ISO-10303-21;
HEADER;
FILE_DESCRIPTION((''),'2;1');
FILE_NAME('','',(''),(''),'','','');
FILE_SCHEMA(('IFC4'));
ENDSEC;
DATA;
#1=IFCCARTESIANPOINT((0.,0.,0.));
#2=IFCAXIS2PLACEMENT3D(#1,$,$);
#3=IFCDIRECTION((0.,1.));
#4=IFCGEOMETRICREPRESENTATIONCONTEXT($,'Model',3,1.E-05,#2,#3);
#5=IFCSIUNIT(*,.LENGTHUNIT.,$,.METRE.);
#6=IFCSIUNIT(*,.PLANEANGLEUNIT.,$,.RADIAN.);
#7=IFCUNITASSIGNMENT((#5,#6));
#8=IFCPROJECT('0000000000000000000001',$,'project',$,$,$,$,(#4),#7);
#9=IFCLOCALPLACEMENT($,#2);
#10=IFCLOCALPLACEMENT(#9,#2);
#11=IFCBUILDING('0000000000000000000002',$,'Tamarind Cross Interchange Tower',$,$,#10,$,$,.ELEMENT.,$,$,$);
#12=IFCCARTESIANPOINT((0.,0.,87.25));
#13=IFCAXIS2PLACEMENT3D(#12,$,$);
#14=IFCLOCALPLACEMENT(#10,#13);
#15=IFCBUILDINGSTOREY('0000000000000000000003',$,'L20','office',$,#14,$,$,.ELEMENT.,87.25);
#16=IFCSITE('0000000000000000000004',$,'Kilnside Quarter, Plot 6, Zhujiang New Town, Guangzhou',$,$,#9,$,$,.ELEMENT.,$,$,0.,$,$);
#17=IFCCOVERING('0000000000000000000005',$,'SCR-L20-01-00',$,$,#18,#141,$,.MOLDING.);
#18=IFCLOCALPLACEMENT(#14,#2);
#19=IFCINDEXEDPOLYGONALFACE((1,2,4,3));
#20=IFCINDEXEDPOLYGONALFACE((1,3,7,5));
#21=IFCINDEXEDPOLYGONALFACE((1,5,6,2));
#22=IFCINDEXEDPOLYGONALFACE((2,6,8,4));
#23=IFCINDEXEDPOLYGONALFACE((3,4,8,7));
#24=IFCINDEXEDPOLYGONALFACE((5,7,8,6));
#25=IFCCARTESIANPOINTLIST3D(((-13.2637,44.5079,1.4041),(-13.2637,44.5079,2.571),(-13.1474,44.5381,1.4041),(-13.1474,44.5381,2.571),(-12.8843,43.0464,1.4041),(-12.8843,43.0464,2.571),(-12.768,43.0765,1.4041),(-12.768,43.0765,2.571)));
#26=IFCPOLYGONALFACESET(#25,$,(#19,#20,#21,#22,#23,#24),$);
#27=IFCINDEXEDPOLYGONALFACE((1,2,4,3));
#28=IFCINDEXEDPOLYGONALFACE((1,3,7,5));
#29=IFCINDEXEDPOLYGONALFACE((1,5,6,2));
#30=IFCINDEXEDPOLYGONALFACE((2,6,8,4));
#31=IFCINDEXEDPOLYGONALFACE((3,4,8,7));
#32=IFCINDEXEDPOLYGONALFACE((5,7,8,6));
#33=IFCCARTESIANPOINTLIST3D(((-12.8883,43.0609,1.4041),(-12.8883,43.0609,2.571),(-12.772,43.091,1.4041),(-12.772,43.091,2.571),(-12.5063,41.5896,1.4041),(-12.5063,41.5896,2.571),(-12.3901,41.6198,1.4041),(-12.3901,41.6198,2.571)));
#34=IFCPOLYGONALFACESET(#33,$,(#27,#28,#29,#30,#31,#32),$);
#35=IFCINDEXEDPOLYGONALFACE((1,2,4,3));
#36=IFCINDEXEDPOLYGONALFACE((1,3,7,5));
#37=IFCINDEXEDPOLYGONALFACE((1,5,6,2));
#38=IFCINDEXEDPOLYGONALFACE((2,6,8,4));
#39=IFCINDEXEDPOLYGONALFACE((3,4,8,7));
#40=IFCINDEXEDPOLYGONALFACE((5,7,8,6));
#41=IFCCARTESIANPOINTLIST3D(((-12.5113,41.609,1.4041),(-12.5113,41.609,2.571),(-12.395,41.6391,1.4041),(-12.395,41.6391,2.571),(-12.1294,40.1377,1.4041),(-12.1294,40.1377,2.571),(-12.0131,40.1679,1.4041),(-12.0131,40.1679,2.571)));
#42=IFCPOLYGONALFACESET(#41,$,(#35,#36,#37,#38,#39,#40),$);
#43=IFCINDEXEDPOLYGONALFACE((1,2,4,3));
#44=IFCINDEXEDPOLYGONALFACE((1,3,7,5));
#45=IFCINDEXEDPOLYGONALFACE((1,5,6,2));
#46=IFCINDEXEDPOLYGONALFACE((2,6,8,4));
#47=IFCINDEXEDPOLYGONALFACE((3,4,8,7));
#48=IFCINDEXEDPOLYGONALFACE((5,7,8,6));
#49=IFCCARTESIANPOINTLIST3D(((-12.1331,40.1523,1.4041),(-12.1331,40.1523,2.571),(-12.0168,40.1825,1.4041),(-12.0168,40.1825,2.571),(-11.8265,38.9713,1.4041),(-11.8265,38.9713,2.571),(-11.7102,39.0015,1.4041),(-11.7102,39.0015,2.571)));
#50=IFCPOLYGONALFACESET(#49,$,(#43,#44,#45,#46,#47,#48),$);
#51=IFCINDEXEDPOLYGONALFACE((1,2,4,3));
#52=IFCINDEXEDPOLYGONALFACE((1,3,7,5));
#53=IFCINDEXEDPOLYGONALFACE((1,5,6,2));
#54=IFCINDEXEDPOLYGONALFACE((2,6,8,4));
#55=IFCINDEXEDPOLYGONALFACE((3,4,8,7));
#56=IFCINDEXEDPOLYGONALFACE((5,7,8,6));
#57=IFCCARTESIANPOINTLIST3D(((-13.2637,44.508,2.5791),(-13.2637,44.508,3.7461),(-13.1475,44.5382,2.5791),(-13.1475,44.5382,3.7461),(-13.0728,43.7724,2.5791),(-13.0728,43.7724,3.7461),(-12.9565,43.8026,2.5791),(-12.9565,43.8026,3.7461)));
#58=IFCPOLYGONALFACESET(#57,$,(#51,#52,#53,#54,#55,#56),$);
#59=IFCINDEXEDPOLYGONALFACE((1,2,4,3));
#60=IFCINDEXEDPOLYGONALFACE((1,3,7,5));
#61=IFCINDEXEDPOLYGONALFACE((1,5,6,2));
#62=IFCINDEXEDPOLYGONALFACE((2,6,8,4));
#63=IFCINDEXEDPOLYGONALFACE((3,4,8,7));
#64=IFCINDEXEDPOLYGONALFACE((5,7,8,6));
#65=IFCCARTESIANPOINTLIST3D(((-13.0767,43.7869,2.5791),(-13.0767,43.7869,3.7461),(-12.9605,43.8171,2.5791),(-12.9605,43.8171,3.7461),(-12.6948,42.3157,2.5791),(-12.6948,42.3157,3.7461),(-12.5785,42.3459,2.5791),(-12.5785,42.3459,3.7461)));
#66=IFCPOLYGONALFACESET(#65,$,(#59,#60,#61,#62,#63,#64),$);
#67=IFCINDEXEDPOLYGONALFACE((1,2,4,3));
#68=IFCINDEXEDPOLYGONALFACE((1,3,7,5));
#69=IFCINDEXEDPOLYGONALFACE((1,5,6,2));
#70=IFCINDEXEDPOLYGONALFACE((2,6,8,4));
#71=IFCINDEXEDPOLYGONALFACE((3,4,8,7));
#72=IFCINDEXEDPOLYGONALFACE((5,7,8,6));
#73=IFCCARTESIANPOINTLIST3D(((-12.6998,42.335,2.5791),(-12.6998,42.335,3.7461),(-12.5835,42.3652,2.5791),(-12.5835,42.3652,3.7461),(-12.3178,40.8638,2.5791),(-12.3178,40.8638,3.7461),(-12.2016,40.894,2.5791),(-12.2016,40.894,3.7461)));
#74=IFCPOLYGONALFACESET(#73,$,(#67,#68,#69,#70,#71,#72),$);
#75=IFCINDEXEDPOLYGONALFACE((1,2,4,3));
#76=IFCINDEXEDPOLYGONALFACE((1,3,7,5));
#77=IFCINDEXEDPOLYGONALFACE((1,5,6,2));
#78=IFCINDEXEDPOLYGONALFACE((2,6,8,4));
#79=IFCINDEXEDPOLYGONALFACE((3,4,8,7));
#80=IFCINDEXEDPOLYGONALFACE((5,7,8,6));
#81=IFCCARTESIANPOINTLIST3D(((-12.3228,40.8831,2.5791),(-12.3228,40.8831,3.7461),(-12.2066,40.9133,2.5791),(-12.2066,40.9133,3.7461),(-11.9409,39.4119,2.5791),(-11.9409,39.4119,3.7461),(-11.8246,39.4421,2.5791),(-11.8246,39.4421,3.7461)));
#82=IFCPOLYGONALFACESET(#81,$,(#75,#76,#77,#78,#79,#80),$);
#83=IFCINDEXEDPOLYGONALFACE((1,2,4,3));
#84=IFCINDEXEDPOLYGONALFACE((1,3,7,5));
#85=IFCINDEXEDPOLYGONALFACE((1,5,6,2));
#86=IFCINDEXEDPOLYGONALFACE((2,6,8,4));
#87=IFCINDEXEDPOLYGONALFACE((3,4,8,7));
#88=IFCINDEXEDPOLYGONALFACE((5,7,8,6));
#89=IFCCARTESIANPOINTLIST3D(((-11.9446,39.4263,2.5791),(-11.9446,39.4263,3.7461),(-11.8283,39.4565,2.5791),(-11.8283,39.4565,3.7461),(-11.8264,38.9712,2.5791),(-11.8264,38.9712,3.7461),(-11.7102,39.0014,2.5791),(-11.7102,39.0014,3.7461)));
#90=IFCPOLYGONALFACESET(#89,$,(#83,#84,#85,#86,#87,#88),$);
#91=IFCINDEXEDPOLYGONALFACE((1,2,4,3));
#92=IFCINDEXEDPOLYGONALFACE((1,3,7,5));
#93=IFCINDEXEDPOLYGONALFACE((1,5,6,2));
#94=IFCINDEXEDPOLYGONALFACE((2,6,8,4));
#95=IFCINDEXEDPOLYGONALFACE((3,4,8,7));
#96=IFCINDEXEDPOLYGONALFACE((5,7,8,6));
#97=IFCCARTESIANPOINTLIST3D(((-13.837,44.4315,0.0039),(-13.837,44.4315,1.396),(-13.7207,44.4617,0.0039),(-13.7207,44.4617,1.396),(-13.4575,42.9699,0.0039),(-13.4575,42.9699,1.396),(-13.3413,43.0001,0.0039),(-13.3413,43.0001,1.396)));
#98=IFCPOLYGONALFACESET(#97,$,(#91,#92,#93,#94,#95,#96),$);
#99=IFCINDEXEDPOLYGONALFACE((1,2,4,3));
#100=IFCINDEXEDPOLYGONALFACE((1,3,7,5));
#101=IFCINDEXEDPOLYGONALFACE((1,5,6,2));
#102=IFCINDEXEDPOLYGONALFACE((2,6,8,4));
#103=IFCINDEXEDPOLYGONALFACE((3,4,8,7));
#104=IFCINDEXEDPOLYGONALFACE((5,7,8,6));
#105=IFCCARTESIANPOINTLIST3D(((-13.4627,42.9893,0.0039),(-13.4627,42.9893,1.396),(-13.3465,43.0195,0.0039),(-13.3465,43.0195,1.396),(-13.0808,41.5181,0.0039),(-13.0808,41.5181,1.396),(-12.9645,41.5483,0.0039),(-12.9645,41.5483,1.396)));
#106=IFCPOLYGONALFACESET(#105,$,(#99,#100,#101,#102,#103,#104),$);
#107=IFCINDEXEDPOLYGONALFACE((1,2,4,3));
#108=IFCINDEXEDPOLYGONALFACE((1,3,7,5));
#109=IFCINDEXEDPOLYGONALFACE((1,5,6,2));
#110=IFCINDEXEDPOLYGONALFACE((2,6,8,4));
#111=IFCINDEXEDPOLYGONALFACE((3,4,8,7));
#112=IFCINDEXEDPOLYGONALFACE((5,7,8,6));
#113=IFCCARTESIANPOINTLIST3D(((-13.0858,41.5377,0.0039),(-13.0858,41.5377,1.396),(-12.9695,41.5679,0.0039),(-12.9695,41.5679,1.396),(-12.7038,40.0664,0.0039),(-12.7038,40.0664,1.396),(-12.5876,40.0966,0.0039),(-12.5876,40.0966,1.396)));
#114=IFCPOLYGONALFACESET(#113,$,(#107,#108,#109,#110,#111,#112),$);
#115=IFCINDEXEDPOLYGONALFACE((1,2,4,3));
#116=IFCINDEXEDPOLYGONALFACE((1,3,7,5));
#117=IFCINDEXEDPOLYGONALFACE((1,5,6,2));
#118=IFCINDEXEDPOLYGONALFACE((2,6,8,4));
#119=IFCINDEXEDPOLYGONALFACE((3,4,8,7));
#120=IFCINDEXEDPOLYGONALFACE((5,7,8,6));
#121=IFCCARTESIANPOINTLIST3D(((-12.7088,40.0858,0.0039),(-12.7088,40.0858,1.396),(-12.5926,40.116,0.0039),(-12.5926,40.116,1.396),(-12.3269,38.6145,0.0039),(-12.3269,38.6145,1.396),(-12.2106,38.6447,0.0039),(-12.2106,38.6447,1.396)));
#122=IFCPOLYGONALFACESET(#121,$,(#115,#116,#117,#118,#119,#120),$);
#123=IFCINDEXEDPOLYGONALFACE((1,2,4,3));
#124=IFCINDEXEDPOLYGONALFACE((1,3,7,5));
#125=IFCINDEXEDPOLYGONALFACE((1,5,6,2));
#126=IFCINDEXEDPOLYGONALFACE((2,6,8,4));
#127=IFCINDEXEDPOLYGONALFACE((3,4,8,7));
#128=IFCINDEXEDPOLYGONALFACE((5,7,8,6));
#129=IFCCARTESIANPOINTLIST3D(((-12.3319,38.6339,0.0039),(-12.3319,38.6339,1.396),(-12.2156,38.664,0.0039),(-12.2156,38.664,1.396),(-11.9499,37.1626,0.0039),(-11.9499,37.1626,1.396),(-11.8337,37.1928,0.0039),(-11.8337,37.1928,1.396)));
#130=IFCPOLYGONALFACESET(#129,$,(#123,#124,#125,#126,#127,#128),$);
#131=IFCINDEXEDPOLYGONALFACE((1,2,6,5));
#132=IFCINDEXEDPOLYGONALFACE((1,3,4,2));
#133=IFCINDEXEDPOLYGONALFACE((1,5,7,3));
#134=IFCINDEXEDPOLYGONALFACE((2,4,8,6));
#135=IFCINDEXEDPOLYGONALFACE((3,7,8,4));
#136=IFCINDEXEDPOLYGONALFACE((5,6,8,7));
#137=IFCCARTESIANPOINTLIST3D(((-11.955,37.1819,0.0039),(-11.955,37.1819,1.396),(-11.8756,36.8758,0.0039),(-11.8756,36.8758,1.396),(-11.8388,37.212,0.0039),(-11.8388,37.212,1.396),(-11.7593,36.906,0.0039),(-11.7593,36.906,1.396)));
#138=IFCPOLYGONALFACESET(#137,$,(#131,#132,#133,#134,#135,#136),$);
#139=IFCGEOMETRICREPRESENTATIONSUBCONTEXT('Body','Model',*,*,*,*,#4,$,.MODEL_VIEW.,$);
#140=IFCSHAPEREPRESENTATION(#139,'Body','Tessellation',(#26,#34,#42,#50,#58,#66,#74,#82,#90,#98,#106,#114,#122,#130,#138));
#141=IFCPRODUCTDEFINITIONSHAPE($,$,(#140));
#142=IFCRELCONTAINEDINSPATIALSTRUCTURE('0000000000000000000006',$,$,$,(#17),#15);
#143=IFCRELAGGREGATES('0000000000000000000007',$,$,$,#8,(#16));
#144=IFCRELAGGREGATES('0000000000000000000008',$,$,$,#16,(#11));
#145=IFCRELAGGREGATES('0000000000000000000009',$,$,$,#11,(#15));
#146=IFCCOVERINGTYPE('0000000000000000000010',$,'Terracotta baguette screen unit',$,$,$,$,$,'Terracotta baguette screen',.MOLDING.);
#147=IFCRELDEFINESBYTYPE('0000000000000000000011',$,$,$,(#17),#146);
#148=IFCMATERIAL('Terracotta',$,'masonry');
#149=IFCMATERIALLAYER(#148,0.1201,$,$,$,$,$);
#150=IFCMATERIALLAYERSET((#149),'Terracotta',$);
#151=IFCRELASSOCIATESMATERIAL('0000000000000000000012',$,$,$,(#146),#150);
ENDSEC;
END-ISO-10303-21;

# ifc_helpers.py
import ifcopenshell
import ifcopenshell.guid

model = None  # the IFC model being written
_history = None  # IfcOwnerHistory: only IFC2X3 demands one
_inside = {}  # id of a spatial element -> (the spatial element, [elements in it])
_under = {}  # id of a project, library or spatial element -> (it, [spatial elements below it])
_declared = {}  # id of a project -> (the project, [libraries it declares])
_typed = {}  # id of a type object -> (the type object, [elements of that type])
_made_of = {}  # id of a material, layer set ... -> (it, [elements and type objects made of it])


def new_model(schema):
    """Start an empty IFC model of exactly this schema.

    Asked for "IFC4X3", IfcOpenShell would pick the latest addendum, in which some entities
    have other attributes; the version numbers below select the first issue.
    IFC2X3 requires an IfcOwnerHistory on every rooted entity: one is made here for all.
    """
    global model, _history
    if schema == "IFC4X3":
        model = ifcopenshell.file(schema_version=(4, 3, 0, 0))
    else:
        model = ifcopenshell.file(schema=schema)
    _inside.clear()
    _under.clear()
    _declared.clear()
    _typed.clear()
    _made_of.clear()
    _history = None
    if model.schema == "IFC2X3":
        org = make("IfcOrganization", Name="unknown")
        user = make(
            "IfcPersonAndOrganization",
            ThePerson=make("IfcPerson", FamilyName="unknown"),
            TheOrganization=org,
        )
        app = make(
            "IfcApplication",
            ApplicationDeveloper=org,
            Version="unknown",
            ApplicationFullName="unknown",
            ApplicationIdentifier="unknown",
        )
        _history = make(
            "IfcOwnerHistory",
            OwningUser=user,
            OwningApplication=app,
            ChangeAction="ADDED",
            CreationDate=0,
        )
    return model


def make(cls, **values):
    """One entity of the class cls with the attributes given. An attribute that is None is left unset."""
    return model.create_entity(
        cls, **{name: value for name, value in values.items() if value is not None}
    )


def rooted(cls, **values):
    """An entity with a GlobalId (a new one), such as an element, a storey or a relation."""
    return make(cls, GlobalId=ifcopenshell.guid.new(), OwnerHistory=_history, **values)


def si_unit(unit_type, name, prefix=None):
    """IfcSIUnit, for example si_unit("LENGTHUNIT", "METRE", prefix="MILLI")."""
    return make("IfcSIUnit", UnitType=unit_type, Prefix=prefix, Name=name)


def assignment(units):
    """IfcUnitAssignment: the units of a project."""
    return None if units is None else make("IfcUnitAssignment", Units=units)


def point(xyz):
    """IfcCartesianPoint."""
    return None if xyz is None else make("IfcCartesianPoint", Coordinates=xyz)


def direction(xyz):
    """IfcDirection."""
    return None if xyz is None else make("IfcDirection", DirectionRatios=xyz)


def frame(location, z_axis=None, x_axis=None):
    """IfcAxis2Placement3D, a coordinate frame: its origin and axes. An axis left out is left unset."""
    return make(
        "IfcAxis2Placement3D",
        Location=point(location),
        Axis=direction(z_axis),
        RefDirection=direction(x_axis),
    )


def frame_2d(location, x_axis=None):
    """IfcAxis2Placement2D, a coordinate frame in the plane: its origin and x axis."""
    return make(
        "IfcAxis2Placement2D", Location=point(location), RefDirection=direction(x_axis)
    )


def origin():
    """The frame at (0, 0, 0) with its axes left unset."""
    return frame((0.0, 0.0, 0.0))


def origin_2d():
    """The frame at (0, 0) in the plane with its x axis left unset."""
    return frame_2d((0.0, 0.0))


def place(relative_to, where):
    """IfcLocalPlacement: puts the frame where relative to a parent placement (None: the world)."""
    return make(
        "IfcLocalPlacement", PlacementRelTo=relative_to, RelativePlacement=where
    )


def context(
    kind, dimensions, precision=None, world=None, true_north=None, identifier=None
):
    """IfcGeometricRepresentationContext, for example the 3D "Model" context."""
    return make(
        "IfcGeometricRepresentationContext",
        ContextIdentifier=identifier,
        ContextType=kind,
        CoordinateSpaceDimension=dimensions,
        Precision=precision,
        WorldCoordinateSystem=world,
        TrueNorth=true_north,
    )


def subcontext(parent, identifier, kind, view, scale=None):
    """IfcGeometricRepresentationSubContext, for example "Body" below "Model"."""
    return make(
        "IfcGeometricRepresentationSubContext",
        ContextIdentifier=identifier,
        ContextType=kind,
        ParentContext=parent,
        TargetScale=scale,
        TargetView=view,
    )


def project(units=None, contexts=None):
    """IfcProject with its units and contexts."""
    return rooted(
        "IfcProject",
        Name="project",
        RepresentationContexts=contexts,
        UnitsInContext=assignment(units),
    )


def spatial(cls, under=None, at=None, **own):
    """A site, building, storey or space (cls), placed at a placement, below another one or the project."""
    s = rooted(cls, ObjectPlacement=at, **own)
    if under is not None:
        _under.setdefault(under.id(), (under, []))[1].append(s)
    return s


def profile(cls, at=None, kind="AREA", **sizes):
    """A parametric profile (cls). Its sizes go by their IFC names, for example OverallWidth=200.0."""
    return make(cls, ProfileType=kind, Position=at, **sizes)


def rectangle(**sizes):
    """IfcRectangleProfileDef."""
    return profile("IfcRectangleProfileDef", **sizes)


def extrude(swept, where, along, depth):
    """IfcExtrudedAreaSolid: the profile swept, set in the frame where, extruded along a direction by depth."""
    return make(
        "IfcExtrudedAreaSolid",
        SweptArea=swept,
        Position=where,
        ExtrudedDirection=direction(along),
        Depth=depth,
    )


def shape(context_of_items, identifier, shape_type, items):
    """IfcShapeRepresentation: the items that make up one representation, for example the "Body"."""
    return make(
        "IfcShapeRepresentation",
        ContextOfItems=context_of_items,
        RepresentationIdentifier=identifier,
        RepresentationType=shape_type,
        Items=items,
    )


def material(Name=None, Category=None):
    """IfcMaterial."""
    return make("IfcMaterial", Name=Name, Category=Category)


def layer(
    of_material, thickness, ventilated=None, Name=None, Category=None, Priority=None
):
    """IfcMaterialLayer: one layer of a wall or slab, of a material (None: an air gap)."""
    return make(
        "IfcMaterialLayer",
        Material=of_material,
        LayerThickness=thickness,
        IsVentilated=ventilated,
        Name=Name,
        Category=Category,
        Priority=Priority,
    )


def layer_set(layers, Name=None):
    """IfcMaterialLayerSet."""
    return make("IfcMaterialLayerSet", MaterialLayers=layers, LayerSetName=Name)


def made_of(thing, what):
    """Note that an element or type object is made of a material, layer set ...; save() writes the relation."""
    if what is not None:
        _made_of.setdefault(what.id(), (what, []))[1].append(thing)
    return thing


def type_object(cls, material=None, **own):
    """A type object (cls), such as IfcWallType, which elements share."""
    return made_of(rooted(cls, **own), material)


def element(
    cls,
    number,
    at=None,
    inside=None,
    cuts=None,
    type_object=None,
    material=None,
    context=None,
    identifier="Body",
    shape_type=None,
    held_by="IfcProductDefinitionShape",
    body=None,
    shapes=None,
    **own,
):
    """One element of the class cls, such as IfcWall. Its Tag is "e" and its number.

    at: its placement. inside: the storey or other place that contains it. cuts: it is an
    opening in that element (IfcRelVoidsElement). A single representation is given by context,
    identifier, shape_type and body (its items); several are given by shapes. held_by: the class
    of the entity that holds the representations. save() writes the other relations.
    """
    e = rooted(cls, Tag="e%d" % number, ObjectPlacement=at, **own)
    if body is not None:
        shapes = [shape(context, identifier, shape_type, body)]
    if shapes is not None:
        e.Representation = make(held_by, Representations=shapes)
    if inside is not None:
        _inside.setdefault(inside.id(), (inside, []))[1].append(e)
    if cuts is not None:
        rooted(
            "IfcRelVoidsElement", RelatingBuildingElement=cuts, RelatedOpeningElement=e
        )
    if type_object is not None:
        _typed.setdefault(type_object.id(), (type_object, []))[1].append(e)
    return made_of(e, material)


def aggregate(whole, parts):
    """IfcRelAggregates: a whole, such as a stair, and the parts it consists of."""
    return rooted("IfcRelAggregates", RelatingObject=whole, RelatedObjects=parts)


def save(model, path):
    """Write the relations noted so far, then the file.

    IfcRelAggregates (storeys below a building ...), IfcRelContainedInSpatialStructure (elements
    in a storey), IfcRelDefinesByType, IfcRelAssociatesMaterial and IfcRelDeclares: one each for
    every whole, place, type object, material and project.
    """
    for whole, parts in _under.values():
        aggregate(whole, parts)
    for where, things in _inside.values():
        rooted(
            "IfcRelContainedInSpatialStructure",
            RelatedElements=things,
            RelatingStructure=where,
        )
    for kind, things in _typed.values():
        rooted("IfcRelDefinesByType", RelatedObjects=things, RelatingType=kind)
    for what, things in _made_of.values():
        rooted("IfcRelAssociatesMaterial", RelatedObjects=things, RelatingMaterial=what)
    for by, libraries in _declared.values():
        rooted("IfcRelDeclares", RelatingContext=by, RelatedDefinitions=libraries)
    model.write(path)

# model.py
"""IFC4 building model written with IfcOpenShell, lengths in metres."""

from ifc_helpers import new_model, si_unit, direction, frame, origin, origin_2d, place, context, subcontext, project, spatial, rectangle, extrude, material, layer, layer_set, type_object, element, save


model = new_model("IFC4")

# Units and contexts
model_context = context("Model", 3, precision=1e-05, world=origin(), true_north=direction((0.0, 1.0)))
body_context = subcontext(model_context, "Body", "Model", "MODEL_VIEW")
ifc_project = project(units=[si_unit("LENGTHUNIT", "METRE"), si_unit("PLANEANGLEUNIT", "RADIAN")], contexts=[model_context])

# Site, building, storey
site_placement = place(None, origin())
site = spatial("IfcSite", under=ifc_project, at=site_placement, Name="Kilnside Quarter, Plot 6, Zhujiang New Town, Guangzhou", CompositionType="ELEMENT", RefElevation=0.0)
building_placement = place(site_placement, origin())
building = spatial("IfcBuilding", under=site, at=building_placement, Name="Tamarind Cross Interchange Tower", CompositionType="ELEMENT")
storey_placement = place(building_placement, frame((0.0, 0.0, 87.25)))
storey = spatial("IfcBuildingStorey", under=building, at=storey_placement, Name="L20", Description="office", CompositionType="ELEMENT", Elevation=87.25)

# Covering
ifc_material_1 = material(Name="Terracotta", Category="masonry")
ifc_layer_1 = layer(ifc_material_1, 0.1201)
ifc_layer_set_1 = layer_set([ifc_layer_1], Name="Terracotta")
covering_type = type_object("IfcCoveringType", Name="Terracotta baguette screen unit", ElementType="Terracotta baguette screen", PredefinedType="MOLDING", material=ifc_layer_set_1)
covering_1_placement = place(storey_placement, origin())
element("IfcCovering", 1, at=covering_1_placement, inside=storey, type_object=covering_type, Name="SCR-L20-01-00", PredefinedType="MOLDING", context=body_context, shape_type="SweptSolid", body=[
    extrude(rectangle(XDim=1.51, YDim=0.1201, at=origin_2d()), frame((-13.0159, 43.7922, 1.4041), z_axis=(0.0, 0.0, 1.0), x_axis=(0.251267, -0.967918, 0.0)), (0.0, 0.0, 1.0), 1.167),
    extrude(rectangle(XDim=1.52, YDim=0.1201, at=origin_2d()), frame((-12.6392, 42.3403, 1.4041), z_axis=(0.0, 0.0, 1.0), x_axis=(0.251267, -0.967918, 0.0)), (0.0, 0.0, 1.0), 1.167),
    extrude(rectangle(XDim=1.52, YDim=0.1201, at=origin_2d()), frame((-12.2622, 40.8884, 1.4041), z_axis=(0.0, 0.0, 1.0), x_axis=(0.251267, -0.967918, 0.0)), (0.0, 0.0, 1.0), 1.167),
    extrude(rectangle(XDim=1.2202, YDim=0.1201, at=origin_2d()), frame((-11.9216, 39.5769, 1.4041), z_axis=(0.0, 0.0, 1.0), x_axis=(0.251267, -0.967918, 0.0)), (0.0, 0.0, 1.0), 1.167),
    extrude(rectangle(XDim=0.76, YDim=0.1201, at=origin_2d()), frame((-13.1101, 44.1553, 2.5791), z_axis=(0.0, 0.0, 1.0), x_axis=(0.251267, -0.967918, 0.0)), (0.0, 0.0, 1.0), 1.167),
    extrude(rectangle(XDim=1.52, YDim=0.1201, at=origin_2d()), frame((-12.8276, 43.0664, 2.5791), z_axis=(0.0, 0.0, 1.0), x_axis=(0.251267, -0.967918, 0.0)), (0.0, 0.0, 1.0), 1.167),
    extrude(rectangle(XDim=1.52, YDim=0.1201, at=origin_2d()), frame((-12.4507, 41.6145, 2.5791), z_axis=(0.0, 0.0, 1.0), x_axis=(0.251267, -0.967918, 0.0)), (0.0, 0.0, 1.0), 1.167),
    extrude(rectangle(XDim=1.52, YDim=0.1201, at=origin_2d()), frame((-12.0737, 40.1626, 2.5791), z_axis=(0.0, 0.0, 1.0), x_axis=(0.251267, -0.967918, 0.0)), (0.0, 0.0, 1.0), 1.167),
    extrude(rectangle(XDim=0.4702, YDim=0.1201, at=origin_2d()), frame((-11.8274, 39.2139, 2.5791), z_axis=(0.0, 0.0, 1.0), x_axis=(0.251267, -0.967918, 0.0)), (0.0, 0.0, 1.0), 1.167),
    extrude(rectangle(XDim=1.51, YDim=0.1201, at=origin_2d()), frame((-13.5891, 43.7158, 0.0039), z_axis=(0.0, 0.0, 1.0), x_axis=(0.251267, -0.967918, 0.0)), (0.0, 0.0, 1.0), 1.3921),
    extrude(rectangle(XDim=1.52, YDim=0.1201, at=origin_2d()), frame((-13.2136, 42.2688, 0.0039), z_axis=(0.0, 0.0, 1.0), x_axis=(0.251267, -0.967918, 0.0)), (0.0, 0.0, 1.0), 1.3921),
    extrude(rectangle(XDim=1.52, YDim=0.1201, at=origin_2d()), frame((-12.8367, 40.8171, 0.0039), z_axis=(0.0, 0.0, 1.0), x_axis=(0.251267, -0.967918, 0.0)), (0.0, 0.0, 1.0), 1.3921),
    extrude(rectangle(XDim=1.52, YDim=0.1201, at=origin_2d()), frame((-12.4597, 39.3652, 0.0039), z_axis=(0.0, 0.0, 1.0), x_axis=(0.251267, -0.967918, 0.0)), (0.0, 0.0, 1.0), 1.3921),
    extrude(rectangle(XDim=1.52, YDim=0.1201, at=origin_2d()), frame((-12.0828, 37.9133, 0.0039), z_axis=(0.0, 0.0, 1.0), x_axis=(0.251267, -0.967918, 0.0)), (0.0, 0.0, 1.0), 1.3921),
    extrude(rectangle(XDim=0.3162, YDim=0.1201, at=origin_2d()), frame((-11.8572, 37.0439, 0.0039), z_axis=(0.0, 0.0, 1.0), x_axis=(0.251267, -0.967918, 0.0)), (0.0, 0.0, 1.0), 1.3921),
])

save(model, "model.ifc")
